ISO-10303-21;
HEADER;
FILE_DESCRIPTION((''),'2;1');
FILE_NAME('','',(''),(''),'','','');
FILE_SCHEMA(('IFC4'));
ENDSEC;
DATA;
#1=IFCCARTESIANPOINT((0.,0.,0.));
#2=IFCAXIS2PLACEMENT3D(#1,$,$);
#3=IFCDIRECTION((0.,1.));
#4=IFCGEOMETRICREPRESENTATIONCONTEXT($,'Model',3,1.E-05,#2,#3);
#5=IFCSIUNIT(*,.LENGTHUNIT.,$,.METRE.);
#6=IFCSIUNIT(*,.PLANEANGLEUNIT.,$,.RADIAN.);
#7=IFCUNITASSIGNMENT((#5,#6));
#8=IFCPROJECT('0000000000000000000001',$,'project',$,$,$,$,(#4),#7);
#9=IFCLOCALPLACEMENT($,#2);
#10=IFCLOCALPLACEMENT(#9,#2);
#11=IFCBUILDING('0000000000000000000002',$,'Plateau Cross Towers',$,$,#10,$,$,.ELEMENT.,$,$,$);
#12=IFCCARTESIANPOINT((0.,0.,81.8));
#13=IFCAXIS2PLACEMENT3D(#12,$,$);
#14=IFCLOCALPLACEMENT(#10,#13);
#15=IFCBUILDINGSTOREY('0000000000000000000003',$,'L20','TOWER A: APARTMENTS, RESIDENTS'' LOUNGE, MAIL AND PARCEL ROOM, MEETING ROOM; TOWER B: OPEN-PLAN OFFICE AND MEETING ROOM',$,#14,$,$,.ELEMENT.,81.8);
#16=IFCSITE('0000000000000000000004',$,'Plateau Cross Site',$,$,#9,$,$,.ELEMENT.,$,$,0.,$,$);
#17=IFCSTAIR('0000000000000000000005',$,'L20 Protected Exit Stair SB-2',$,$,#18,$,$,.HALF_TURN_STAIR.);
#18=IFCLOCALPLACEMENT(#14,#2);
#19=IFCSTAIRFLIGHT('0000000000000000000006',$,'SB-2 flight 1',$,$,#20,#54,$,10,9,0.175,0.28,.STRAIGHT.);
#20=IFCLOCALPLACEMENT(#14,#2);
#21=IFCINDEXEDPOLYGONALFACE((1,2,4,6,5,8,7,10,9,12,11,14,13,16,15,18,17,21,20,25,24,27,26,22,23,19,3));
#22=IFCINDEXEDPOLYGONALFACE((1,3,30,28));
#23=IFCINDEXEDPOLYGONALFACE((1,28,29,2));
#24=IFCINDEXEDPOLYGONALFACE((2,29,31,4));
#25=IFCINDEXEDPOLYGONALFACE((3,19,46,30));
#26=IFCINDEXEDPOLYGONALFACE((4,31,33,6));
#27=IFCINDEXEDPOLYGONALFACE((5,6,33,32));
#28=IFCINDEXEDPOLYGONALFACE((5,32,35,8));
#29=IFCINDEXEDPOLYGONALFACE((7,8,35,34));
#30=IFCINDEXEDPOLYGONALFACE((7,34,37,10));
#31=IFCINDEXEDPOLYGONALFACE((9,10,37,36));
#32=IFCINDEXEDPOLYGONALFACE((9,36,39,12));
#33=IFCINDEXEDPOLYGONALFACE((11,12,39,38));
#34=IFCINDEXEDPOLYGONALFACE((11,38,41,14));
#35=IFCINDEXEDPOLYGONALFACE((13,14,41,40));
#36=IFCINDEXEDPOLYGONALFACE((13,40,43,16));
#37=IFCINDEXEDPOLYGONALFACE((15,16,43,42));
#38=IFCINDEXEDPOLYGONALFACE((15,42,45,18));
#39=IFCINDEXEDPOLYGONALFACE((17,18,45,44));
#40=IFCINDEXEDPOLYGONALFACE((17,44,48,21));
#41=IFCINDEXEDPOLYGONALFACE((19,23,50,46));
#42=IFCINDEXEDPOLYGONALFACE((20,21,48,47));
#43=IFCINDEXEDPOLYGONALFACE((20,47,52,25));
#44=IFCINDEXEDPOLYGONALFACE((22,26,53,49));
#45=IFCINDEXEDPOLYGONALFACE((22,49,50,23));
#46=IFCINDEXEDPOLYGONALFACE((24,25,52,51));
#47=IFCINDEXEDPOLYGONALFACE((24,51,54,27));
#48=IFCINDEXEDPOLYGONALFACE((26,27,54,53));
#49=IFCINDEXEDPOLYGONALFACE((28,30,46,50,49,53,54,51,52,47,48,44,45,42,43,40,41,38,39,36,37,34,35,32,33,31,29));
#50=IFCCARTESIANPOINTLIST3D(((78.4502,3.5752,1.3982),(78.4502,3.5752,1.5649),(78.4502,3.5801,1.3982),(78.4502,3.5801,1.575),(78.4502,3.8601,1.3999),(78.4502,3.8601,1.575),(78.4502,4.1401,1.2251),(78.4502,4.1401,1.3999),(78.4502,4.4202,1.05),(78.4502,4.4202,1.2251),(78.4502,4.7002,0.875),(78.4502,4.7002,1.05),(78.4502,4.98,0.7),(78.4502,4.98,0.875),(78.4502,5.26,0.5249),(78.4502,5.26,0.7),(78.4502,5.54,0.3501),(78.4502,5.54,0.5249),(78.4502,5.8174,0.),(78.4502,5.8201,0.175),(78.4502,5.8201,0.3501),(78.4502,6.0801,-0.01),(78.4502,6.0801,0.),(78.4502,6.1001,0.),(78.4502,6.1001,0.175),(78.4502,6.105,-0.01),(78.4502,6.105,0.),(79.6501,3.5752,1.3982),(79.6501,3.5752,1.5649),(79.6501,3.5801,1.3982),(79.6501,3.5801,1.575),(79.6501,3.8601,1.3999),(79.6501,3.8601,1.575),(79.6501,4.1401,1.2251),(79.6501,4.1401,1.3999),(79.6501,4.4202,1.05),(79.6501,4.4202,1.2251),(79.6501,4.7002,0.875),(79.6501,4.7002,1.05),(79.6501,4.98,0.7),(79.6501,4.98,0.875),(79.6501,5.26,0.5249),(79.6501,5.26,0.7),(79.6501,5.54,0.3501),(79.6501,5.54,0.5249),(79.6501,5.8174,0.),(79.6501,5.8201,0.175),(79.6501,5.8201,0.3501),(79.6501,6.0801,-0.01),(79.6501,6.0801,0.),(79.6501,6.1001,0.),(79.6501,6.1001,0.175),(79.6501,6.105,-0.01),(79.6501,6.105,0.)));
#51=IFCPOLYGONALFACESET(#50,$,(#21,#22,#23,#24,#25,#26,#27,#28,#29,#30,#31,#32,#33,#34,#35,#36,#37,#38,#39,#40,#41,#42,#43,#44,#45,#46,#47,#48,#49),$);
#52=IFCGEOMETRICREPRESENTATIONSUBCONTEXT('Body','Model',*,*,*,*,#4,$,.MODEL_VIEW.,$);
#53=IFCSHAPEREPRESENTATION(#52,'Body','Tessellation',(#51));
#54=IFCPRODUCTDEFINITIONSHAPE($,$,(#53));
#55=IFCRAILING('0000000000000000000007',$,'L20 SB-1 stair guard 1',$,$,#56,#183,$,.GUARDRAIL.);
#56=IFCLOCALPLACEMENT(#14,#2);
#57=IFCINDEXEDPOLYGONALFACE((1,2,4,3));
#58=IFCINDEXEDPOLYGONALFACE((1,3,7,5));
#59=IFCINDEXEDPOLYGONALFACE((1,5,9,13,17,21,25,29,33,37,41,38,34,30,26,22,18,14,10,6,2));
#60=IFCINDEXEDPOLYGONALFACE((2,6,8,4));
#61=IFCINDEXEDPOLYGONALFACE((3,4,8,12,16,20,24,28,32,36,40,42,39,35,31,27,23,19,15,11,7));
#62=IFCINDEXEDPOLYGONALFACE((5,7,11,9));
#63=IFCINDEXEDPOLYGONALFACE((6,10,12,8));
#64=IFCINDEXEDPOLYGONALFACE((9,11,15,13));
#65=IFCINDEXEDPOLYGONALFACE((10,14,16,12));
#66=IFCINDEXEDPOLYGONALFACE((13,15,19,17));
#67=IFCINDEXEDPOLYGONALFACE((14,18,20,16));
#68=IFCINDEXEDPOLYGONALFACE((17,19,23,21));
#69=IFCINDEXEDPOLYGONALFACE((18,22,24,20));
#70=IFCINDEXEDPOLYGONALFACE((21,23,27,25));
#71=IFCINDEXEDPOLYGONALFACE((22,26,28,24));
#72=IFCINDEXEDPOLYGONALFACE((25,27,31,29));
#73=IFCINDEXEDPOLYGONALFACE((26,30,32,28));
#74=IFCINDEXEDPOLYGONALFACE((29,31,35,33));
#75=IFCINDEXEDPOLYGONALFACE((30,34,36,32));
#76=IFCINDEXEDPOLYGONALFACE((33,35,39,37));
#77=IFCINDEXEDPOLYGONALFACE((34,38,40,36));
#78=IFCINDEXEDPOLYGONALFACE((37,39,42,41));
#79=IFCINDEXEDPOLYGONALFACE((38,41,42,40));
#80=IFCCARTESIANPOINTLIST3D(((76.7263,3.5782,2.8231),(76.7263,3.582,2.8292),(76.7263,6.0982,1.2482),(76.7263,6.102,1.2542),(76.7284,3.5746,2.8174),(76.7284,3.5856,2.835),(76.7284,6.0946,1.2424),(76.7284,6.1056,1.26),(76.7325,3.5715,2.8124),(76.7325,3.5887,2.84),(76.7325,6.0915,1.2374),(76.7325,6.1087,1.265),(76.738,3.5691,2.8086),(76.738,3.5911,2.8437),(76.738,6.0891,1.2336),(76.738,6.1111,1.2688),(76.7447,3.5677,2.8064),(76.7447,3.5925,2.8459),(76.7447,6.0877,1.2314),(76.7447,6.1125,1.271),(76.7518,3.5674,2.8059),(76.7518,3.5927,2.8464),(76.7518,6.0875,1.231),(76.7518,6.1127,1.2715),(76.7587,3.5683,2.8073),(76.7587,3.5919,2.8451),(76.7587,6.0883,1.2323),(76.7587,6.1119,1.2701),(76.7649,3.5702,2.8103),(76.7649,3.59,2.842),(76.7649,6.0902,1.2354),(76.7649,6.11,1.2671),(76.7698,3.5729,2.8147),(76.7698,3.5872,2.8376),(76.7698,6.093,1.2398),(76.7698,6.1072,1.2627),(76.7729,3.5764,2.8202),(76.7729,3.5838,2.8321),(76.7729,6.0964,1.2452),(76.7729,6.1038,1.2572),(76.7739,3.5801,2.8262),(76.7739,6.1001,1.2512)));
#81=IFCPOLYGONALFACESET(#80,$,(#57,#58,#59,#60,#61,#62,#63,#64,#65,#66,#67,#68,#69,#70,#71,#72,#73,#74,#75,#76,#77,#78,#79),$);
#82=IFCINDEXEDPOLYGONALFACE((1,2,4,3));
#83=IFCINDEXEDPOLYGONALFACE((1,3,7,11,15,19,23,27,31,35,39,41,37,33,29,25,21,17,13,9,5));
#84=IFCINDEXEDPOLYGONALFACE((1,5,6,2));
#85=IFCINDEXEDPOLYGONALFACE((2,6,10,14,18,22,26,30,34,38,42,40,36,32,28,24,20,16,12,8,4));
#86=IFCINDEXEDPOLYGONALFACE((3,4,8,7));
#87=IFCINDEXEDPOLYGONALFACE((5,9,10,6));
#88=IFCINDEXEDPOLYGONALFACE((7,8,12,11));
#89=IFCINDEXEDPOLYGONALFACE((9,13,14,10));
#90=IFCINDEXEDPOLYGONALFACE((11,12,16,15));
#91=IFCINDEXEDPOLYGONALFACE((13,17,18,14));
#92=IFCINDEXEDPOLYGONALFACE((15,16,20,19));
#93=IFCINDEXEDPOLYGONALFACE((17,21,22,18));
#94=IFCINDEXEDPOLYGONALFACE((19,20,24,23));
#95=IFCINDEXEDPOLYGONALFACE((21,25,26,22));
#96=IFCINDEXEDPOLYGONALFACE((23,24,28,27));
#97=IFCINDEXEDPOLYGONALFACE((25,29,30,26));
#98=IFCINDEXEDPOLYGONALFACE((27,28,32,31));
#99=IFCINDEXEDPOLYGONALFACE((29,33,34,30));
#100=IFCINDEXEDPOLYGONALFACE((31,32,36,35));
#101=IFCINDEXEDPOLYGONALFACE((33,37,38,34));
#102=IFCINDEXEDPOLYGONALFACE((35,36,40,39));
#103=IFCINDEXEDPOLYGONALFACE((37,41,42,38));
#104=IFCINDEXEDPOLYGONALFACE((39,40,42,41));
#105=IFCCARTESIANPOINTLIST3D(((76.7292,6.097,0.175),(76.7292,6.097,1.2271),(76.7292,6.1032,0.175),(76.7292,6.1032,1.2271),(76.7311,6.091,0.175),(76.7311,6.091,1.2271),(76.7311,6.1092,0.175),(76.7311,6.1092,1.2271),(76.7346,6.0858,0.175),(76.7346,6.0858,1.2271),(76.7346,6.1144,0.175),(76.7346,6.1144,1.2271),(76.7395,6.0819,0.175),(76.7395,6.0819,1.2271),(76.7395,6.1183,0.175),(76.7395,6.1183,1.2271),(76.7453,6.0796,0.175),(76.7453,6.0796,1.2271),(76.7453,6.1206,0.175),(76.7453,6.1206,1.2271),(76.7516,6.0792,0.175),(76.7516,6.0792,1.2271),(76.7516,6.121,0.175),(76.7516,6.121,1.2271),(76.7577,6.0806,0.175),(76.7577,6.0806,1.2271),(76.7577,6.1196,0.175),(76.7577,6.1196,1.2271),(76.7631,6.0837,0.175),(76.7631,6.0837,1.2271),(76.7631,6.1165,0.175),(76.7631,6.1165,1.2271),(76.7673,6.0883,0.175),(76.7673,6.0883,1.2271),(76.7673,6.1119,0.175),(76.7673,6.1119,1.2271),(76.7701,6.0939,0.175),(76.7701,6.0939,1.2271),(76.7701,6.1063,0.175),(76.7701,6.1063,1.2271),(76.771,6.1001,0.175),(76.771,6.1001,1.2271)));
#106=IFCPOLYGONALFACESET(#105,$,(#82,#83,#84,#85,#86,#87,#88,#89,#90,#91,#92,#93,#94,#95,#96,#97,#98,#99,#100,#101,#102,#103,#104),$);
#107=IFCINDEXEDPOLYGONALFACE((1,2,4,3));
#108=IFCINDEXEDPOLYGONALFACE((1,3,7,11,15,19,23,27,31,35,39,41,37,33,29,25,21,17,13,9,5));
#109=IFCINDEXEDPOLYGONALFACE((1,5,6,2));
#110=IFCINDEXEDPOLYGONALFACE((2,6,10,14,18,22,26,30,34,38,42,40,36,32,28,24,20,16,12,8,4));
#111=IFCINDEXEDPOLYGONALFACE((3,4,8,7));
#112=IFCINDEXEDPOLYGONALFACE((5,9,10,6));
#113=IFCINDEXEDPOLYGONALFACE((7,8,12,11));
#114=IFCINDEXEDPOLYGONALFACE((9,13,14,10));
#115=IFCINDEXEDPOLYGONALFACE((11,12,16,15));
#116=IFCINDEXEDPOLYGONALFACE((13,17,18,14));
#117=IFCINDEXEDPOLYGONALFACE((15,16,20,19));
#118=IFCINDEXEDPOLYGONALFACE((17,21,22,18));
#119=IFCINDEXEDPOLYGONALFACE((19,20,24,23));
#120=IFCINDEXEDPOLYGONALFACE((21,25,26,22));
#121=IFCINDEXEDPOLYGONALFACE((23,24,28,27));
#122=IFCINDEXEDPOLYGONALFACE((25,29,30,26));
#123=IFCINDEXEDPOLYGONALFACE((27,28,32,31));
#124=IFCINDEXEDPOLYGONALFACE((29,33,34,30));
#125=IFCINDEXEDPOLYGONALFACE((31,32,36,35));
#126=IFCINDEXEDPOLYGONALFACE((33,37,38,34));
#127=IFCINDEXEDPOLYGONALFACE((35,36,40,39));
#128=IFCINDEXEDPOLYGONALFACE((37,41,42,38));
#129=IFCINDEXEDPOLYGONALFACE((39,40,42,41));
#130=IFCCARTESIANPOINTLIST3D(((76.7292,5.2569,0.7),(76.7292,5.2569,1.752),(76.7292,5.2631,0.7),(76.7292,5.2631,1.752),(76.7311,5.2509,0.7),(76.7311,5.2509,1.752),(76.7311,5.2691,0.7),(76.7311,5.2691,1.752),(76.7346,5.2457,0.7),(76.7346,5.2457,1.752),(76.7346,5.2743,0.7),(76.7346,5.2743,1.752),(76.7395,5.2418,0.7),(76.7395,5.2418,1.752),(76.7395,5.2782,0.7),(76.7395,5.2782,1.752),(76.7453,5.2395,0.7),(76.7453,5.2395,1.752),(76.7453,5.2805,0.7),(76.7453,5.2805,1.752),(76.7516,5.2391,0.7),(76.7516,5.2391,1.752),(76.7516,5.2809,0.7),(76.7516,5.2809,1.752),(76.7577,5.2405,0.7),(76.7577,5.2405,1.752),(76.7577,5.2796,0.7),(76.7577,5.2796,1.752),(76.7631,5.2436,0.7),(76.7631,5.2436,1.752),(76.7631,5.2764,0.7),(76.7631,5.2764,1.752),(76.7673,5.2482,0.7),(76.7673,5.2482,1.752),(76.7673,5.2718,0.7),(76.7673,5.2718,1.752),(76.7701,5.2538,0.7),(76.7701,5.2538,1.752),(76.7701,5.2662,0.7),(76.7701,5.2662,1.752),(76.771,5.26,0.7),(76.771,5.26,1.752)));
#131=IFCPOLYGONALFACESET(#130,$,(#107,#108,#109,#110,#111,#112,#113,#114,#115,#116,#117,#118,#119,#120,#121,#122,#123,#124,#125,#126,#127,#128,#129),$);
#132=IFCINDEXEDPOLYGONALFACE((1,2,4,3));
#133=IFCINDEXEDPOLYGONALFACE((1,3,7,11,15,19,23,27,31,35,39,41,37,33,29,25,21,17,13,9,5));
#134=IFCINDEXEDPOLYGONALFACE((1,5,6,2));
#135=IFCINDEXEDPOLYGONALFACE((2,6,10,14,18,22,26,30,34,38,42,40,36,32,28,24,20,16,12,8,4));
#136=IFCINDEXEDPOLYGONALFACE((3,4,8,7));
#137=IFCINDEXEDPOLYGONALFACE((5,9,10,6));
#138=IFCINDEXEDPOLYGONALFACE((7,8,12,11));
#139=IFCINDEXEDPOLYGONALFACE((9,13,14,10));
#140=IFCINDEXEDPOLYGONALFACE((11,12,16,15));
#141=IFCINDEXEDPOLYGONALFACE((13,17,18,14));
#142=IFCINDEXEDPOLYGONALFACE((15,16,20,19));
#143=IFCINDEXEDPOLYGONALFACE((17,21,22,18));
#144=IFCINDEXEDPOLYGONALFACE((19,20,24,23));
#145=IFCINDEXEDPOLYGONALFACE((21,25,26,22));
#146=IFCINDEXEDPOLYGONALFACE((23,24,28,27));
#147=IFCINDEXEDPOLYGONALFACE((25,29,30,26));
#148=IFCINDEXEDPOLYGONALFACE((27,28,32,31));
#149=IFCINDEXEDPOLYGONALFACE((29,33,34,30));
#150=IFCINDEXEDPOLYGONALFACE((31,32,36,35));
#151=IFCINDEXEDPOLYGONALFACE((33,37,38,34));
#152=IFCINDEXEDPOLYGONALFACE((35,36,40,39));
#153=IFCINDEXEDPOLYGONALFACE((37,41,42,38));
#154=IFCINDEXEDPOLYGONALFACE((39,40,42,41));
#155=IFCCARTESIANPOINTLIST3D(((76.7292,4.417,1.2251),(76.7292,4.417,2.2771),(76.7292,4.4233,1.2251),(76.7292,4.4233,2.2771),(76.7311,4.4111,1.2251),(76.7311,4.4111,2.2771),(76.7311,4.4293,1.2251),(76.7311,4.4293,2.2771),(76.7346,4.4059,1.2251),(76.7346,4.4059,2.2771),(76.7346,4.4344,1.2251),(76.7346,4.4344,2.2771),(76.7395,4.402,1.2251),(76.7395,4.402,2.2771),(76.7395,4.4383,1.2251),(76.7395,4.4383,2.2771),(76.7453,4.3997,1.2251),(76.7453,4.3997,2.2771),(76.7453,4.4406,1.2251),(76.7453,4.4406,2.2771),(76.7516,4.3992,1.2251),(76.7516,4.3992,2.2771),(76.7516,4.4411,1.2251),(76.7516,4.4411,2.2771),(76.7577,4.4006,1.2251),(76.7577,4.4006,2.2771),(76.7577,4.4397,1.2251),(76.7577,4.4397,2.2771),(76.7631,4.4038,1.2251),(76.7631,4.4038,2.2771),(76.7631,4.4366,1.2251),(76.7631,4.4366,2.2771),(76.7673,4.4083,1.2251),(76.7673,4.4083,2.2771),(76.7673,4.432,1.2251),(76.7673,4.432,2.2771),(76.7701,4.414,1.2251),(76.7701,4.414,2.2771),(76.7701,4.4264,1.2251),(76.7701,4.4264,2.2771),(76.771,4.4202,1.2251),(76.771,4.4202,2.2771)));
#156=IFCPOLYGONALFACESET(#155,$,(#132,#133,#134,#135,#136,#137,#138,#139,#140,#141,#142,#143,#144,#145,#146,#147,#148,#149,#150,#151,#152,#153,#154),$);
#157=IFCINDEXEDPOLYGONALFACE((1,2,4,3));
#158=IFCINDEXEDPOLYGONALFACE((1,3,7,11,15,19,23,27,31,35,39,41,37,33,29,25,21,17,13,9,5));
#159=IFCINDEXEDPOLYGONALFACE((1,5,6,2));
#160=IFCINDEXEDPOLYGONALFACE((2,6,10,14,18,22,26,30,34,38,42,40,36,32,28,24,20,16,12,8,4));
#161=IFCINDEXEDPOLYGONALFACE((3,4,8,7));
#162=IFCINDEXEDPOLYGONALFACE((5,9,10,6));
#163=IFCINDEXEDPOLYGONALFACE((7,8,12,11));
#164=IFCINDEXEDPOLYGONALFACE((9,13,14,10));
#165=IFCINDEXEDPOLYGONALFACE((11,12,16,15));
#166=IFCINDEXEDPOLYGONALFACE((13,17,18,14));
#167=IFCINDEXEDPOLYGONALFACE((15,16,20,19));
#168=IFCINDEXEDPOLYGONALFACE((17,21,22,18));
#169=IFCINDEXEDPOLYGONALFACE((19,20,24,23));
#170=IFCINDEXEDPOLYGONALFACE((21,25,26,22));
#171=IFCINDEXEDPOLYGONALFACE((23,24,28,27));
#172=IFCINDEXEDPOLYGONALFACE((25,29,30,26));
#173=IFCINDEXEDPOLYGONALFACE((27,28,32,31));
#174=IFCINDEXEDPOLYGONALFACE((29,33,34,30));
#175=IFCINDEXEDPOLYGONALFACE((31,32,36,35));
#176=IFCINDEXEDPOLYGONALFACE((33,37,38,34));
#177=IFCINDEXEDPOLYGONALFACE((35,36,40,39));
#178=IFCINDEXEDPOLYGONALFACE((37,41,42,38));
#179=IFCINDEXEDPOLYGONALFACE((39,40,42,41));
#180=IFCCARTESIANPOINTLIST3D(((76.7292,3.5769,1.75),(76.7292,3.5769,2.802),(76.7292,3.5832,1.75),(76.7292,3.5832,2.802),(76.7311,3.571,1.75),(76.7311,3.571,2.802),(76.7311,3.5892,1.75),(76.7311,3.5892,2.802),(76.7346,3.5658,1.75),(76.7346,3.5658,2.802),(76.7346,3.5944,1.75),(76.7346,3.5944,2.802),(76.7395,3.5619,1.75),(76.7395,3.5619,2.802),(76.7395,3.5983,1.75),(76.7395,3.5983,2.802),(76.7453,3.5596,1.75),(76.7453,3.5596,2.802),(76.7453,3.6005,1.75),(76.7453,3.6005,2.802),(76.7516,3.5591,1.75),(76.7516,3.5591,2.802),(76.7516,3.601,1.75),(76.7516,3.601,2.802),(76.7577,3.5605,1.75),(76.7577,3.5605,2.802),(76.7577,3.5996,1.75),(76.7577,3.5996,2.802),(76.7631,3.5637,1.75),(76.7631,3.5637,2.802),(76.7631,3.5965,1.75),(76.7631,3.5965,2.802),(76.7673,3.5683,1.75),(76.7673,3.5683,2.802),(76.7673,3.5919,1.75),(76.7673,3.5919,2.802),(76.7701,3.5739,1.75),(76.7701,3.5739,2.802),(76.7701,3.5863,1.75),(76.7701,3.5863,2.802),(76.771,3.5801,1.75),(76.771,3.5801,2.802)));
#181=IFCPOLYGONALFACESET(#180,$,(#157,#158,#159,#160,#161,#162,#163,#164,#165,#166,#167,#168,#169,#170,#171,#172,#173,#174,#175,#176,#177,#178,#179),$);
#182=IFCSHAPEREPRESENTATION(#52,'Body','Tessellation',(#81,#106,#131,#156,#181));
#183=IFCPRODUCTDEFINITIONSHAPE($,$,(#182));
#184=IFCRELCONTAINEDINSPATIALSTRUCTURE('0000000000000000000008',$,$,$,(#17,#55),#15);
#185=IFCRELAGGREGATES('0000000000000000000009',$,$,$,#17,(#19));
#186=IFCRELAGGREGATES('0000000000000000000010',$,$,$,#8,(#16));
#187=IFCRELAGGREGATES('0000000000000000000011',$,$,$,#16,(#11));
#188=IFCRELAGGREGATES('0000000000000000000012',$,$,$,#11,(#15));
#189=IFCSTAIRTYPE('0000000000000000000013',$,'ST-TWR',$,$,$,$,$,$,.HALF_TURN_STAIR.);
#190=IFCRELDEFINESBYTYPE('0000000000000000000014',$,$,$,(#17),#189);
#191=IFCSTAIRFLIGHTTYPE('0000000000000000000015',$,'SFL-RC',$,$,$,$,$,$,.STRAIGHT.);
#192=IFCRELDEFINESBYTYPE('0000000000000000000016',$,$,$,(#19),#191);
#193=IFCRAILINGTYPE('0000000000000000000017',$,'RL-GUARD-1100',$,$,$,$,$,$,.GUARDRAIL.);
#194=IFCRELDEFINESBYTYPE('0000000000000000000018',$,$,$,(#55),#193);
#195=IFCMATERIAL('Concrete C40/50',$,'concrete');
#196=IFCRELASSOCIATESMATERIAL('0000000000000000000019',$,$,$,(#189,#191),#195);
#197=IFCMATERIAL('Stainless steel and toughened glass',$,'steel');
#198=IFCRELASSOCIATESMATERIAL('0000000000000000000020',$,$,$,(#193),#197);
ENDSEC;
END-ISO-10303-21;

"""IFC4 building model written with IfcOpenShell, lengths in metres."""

from ifc_helpers import new_model, si_unit, direction, frame, origin, origin_2d, place, context, subcontext, project, spatial, polyline, circle, outline, extrude, material, type_object, element, aggregate, save


model = new_model("IFC4")

# Units and contexts
model_context = context("Model", 3, precision=1e-05, world=origin(), true_north=direction((0.0, 1.0)))
body_context = subcontext(model_context, "Body", "Model", "MODEL_VIEW")
ifc_project = project(units=[si_unit("LENGTHUNIT", "METRE"), si_unit("PLANEANGLEUNIT", "RADIAN")], contexts=[model_context])

# Site, building, storey
site_placement = place(None, origin())
site = spatial("IfcSite", under=ifc_project, at=site_placement, Name="Plateau Cross Site", CompositionType="ELEMENT", RefElevation=0.0)
building_placement = place(site_placement, origin())
building = spatial("IfcBuilding", under=site, at=building_placement, Name="Plateau Cross Towers", CompositionType="ELEMENT")
storey_placement = place(building_placement, frame((0.0, 0.0, 81.8)))
storey = spatial("IfcBuildingStorey", under=building, at=storey_placement, Name="L20", Description="TOWER A: APARTMENTS, RESIDENTS' LOUNGE, MAIL AND PARCEL ROOM, MEETING ROOM; TOWER B: OPEN-PLAN OFFICE AND MEETING ROOM", CompositionType="ELEMENT", Elevation=81.8)

# Shared definitions
ifc_material_1 = material(Name="Concrete C40/50", Category="concrete")
stair_type = type_object("IfcStairType", Name="ST-TWR", PredefinedType="HALF_TURN_STAIR", material=ifc_material_1)
stair_flight_type = type_object("IfcStairFlightType", Name="SFL-RC", PredefinedType="STRAIGHT", material=ifc_material_1)

# Stair, stair flight
stair_1_placement = place(storey_placement, origin())
stair_1 = element("IfcStair", 1, at=stair_1_placement, inside=storey, type_object=stair_type, Name="L20 Protected Exit Stair SB-2", PredefinedType="HALF_TURN_STAIR")
stair_flight_1_placement = place(storey_placement, frame((79.05, 6.1001, 0.0), z_axis=(0.0, 0.0, 1.0), x_axis=(0.0, -1.0, 0.0)))
stair_flight_1 = element("IfcStairFlight", 2, at=stair_flight_1_placement, type_object=stair_flight_type, Name="SB-2 flight 1", NumberOfRisers=10, NumberOfTreads=9, PredefinedType="STRAIGHT", RiserHeight=0.175, TreadLength=0.28, context=body_context, shape_type="SweptSolid", body=[
    extrude(outline(polyline([(-0.0049, -0.01), (-0.0049, 0.0), (0.0, 0.0), (0.0, 0.175), (0.28, 0.175), (0.28, 0.3501), (0.5601, 0.3501), (0.5601, 0.5249), (0.8401, 0.5249), (0.8401, 0.7), (1.1201, 0.7), (1.1201, 0.875), (1.3999, 0.875), (1.3999, 1.05), (1.6799, 1.05), (1.6799, 1.2251), (1.96, 1.2251), (1.96, 1.3999), (2.24, 1.3999), (2.24, 1.575), (2.52, 1.575), (2.5249, 1.5649), (2.5249, 1.3982), (2.52, 1.3982), (0.2827, 0.0), (0.02, 0.0), (0.02, -0.01), (-0.0049, -0.01)])), frame((0.0, 0.6001, 0.0), z_axis=(0.0, -1.0, 0.0), x_axis=(1.0, 0.0, 0.0)), (0.0, 0.0, 1.0), 1.2),
])
aggregate(stair_1, [stair_flight_1])

# Railing
ifc_material_2 = material(Name="Stainless steel and toughened glass", Category="steel")
railing_type_1 = type_object("IfcRailingType", Name="RL-GUARD-1100", PredefinedType="GUARDRAIL", material=ifc_material_2)
railing_1_placement = place(storey_placement, frame((76.75, 6.1001, 0.175)))
element("IfcRailing", 3, at=railing_1_placement, inside=storey, type_object=railing_type_1, Name="L20 SB-1 stair guard 1", PredefinedType="GUARDRAIL", context=body_context, shape_type="SweptSolid", body=[
    extrude(circle(Radius=0.0239, at=origin_2d()), frame((0.0, 0.0, 1.0762), z_axis=(0.0, -0.848008, 0.529984), x_axis=(1.0, 0.0, 0.0)), (0.0, 0.0, 1.0), 2.9717),
    extrude(circle(Radius=0.021, at=origin_2d()), origin(), (0.0, 0.0, 1.0), 1.052),
    extrude(circle(Radius=0.021, at=origin_2d()), frame((0.0, -0.8401, 0.5249)), (0.0, 0.0, 1.0), 1.052),
    extrude(circle(Radius=0.021, at=origin_2d()), frame((0.0, -1.6799, 1.05)), (0.0, 0.0, 1.0), 1.052),
    extrude(circle(Radius=0.021, at=origin_2d()), frame((0.0, -2.52, 1.575)), (0.0, 0.0, 1.0), 1.052),
])

save(model, "model.ifc")
